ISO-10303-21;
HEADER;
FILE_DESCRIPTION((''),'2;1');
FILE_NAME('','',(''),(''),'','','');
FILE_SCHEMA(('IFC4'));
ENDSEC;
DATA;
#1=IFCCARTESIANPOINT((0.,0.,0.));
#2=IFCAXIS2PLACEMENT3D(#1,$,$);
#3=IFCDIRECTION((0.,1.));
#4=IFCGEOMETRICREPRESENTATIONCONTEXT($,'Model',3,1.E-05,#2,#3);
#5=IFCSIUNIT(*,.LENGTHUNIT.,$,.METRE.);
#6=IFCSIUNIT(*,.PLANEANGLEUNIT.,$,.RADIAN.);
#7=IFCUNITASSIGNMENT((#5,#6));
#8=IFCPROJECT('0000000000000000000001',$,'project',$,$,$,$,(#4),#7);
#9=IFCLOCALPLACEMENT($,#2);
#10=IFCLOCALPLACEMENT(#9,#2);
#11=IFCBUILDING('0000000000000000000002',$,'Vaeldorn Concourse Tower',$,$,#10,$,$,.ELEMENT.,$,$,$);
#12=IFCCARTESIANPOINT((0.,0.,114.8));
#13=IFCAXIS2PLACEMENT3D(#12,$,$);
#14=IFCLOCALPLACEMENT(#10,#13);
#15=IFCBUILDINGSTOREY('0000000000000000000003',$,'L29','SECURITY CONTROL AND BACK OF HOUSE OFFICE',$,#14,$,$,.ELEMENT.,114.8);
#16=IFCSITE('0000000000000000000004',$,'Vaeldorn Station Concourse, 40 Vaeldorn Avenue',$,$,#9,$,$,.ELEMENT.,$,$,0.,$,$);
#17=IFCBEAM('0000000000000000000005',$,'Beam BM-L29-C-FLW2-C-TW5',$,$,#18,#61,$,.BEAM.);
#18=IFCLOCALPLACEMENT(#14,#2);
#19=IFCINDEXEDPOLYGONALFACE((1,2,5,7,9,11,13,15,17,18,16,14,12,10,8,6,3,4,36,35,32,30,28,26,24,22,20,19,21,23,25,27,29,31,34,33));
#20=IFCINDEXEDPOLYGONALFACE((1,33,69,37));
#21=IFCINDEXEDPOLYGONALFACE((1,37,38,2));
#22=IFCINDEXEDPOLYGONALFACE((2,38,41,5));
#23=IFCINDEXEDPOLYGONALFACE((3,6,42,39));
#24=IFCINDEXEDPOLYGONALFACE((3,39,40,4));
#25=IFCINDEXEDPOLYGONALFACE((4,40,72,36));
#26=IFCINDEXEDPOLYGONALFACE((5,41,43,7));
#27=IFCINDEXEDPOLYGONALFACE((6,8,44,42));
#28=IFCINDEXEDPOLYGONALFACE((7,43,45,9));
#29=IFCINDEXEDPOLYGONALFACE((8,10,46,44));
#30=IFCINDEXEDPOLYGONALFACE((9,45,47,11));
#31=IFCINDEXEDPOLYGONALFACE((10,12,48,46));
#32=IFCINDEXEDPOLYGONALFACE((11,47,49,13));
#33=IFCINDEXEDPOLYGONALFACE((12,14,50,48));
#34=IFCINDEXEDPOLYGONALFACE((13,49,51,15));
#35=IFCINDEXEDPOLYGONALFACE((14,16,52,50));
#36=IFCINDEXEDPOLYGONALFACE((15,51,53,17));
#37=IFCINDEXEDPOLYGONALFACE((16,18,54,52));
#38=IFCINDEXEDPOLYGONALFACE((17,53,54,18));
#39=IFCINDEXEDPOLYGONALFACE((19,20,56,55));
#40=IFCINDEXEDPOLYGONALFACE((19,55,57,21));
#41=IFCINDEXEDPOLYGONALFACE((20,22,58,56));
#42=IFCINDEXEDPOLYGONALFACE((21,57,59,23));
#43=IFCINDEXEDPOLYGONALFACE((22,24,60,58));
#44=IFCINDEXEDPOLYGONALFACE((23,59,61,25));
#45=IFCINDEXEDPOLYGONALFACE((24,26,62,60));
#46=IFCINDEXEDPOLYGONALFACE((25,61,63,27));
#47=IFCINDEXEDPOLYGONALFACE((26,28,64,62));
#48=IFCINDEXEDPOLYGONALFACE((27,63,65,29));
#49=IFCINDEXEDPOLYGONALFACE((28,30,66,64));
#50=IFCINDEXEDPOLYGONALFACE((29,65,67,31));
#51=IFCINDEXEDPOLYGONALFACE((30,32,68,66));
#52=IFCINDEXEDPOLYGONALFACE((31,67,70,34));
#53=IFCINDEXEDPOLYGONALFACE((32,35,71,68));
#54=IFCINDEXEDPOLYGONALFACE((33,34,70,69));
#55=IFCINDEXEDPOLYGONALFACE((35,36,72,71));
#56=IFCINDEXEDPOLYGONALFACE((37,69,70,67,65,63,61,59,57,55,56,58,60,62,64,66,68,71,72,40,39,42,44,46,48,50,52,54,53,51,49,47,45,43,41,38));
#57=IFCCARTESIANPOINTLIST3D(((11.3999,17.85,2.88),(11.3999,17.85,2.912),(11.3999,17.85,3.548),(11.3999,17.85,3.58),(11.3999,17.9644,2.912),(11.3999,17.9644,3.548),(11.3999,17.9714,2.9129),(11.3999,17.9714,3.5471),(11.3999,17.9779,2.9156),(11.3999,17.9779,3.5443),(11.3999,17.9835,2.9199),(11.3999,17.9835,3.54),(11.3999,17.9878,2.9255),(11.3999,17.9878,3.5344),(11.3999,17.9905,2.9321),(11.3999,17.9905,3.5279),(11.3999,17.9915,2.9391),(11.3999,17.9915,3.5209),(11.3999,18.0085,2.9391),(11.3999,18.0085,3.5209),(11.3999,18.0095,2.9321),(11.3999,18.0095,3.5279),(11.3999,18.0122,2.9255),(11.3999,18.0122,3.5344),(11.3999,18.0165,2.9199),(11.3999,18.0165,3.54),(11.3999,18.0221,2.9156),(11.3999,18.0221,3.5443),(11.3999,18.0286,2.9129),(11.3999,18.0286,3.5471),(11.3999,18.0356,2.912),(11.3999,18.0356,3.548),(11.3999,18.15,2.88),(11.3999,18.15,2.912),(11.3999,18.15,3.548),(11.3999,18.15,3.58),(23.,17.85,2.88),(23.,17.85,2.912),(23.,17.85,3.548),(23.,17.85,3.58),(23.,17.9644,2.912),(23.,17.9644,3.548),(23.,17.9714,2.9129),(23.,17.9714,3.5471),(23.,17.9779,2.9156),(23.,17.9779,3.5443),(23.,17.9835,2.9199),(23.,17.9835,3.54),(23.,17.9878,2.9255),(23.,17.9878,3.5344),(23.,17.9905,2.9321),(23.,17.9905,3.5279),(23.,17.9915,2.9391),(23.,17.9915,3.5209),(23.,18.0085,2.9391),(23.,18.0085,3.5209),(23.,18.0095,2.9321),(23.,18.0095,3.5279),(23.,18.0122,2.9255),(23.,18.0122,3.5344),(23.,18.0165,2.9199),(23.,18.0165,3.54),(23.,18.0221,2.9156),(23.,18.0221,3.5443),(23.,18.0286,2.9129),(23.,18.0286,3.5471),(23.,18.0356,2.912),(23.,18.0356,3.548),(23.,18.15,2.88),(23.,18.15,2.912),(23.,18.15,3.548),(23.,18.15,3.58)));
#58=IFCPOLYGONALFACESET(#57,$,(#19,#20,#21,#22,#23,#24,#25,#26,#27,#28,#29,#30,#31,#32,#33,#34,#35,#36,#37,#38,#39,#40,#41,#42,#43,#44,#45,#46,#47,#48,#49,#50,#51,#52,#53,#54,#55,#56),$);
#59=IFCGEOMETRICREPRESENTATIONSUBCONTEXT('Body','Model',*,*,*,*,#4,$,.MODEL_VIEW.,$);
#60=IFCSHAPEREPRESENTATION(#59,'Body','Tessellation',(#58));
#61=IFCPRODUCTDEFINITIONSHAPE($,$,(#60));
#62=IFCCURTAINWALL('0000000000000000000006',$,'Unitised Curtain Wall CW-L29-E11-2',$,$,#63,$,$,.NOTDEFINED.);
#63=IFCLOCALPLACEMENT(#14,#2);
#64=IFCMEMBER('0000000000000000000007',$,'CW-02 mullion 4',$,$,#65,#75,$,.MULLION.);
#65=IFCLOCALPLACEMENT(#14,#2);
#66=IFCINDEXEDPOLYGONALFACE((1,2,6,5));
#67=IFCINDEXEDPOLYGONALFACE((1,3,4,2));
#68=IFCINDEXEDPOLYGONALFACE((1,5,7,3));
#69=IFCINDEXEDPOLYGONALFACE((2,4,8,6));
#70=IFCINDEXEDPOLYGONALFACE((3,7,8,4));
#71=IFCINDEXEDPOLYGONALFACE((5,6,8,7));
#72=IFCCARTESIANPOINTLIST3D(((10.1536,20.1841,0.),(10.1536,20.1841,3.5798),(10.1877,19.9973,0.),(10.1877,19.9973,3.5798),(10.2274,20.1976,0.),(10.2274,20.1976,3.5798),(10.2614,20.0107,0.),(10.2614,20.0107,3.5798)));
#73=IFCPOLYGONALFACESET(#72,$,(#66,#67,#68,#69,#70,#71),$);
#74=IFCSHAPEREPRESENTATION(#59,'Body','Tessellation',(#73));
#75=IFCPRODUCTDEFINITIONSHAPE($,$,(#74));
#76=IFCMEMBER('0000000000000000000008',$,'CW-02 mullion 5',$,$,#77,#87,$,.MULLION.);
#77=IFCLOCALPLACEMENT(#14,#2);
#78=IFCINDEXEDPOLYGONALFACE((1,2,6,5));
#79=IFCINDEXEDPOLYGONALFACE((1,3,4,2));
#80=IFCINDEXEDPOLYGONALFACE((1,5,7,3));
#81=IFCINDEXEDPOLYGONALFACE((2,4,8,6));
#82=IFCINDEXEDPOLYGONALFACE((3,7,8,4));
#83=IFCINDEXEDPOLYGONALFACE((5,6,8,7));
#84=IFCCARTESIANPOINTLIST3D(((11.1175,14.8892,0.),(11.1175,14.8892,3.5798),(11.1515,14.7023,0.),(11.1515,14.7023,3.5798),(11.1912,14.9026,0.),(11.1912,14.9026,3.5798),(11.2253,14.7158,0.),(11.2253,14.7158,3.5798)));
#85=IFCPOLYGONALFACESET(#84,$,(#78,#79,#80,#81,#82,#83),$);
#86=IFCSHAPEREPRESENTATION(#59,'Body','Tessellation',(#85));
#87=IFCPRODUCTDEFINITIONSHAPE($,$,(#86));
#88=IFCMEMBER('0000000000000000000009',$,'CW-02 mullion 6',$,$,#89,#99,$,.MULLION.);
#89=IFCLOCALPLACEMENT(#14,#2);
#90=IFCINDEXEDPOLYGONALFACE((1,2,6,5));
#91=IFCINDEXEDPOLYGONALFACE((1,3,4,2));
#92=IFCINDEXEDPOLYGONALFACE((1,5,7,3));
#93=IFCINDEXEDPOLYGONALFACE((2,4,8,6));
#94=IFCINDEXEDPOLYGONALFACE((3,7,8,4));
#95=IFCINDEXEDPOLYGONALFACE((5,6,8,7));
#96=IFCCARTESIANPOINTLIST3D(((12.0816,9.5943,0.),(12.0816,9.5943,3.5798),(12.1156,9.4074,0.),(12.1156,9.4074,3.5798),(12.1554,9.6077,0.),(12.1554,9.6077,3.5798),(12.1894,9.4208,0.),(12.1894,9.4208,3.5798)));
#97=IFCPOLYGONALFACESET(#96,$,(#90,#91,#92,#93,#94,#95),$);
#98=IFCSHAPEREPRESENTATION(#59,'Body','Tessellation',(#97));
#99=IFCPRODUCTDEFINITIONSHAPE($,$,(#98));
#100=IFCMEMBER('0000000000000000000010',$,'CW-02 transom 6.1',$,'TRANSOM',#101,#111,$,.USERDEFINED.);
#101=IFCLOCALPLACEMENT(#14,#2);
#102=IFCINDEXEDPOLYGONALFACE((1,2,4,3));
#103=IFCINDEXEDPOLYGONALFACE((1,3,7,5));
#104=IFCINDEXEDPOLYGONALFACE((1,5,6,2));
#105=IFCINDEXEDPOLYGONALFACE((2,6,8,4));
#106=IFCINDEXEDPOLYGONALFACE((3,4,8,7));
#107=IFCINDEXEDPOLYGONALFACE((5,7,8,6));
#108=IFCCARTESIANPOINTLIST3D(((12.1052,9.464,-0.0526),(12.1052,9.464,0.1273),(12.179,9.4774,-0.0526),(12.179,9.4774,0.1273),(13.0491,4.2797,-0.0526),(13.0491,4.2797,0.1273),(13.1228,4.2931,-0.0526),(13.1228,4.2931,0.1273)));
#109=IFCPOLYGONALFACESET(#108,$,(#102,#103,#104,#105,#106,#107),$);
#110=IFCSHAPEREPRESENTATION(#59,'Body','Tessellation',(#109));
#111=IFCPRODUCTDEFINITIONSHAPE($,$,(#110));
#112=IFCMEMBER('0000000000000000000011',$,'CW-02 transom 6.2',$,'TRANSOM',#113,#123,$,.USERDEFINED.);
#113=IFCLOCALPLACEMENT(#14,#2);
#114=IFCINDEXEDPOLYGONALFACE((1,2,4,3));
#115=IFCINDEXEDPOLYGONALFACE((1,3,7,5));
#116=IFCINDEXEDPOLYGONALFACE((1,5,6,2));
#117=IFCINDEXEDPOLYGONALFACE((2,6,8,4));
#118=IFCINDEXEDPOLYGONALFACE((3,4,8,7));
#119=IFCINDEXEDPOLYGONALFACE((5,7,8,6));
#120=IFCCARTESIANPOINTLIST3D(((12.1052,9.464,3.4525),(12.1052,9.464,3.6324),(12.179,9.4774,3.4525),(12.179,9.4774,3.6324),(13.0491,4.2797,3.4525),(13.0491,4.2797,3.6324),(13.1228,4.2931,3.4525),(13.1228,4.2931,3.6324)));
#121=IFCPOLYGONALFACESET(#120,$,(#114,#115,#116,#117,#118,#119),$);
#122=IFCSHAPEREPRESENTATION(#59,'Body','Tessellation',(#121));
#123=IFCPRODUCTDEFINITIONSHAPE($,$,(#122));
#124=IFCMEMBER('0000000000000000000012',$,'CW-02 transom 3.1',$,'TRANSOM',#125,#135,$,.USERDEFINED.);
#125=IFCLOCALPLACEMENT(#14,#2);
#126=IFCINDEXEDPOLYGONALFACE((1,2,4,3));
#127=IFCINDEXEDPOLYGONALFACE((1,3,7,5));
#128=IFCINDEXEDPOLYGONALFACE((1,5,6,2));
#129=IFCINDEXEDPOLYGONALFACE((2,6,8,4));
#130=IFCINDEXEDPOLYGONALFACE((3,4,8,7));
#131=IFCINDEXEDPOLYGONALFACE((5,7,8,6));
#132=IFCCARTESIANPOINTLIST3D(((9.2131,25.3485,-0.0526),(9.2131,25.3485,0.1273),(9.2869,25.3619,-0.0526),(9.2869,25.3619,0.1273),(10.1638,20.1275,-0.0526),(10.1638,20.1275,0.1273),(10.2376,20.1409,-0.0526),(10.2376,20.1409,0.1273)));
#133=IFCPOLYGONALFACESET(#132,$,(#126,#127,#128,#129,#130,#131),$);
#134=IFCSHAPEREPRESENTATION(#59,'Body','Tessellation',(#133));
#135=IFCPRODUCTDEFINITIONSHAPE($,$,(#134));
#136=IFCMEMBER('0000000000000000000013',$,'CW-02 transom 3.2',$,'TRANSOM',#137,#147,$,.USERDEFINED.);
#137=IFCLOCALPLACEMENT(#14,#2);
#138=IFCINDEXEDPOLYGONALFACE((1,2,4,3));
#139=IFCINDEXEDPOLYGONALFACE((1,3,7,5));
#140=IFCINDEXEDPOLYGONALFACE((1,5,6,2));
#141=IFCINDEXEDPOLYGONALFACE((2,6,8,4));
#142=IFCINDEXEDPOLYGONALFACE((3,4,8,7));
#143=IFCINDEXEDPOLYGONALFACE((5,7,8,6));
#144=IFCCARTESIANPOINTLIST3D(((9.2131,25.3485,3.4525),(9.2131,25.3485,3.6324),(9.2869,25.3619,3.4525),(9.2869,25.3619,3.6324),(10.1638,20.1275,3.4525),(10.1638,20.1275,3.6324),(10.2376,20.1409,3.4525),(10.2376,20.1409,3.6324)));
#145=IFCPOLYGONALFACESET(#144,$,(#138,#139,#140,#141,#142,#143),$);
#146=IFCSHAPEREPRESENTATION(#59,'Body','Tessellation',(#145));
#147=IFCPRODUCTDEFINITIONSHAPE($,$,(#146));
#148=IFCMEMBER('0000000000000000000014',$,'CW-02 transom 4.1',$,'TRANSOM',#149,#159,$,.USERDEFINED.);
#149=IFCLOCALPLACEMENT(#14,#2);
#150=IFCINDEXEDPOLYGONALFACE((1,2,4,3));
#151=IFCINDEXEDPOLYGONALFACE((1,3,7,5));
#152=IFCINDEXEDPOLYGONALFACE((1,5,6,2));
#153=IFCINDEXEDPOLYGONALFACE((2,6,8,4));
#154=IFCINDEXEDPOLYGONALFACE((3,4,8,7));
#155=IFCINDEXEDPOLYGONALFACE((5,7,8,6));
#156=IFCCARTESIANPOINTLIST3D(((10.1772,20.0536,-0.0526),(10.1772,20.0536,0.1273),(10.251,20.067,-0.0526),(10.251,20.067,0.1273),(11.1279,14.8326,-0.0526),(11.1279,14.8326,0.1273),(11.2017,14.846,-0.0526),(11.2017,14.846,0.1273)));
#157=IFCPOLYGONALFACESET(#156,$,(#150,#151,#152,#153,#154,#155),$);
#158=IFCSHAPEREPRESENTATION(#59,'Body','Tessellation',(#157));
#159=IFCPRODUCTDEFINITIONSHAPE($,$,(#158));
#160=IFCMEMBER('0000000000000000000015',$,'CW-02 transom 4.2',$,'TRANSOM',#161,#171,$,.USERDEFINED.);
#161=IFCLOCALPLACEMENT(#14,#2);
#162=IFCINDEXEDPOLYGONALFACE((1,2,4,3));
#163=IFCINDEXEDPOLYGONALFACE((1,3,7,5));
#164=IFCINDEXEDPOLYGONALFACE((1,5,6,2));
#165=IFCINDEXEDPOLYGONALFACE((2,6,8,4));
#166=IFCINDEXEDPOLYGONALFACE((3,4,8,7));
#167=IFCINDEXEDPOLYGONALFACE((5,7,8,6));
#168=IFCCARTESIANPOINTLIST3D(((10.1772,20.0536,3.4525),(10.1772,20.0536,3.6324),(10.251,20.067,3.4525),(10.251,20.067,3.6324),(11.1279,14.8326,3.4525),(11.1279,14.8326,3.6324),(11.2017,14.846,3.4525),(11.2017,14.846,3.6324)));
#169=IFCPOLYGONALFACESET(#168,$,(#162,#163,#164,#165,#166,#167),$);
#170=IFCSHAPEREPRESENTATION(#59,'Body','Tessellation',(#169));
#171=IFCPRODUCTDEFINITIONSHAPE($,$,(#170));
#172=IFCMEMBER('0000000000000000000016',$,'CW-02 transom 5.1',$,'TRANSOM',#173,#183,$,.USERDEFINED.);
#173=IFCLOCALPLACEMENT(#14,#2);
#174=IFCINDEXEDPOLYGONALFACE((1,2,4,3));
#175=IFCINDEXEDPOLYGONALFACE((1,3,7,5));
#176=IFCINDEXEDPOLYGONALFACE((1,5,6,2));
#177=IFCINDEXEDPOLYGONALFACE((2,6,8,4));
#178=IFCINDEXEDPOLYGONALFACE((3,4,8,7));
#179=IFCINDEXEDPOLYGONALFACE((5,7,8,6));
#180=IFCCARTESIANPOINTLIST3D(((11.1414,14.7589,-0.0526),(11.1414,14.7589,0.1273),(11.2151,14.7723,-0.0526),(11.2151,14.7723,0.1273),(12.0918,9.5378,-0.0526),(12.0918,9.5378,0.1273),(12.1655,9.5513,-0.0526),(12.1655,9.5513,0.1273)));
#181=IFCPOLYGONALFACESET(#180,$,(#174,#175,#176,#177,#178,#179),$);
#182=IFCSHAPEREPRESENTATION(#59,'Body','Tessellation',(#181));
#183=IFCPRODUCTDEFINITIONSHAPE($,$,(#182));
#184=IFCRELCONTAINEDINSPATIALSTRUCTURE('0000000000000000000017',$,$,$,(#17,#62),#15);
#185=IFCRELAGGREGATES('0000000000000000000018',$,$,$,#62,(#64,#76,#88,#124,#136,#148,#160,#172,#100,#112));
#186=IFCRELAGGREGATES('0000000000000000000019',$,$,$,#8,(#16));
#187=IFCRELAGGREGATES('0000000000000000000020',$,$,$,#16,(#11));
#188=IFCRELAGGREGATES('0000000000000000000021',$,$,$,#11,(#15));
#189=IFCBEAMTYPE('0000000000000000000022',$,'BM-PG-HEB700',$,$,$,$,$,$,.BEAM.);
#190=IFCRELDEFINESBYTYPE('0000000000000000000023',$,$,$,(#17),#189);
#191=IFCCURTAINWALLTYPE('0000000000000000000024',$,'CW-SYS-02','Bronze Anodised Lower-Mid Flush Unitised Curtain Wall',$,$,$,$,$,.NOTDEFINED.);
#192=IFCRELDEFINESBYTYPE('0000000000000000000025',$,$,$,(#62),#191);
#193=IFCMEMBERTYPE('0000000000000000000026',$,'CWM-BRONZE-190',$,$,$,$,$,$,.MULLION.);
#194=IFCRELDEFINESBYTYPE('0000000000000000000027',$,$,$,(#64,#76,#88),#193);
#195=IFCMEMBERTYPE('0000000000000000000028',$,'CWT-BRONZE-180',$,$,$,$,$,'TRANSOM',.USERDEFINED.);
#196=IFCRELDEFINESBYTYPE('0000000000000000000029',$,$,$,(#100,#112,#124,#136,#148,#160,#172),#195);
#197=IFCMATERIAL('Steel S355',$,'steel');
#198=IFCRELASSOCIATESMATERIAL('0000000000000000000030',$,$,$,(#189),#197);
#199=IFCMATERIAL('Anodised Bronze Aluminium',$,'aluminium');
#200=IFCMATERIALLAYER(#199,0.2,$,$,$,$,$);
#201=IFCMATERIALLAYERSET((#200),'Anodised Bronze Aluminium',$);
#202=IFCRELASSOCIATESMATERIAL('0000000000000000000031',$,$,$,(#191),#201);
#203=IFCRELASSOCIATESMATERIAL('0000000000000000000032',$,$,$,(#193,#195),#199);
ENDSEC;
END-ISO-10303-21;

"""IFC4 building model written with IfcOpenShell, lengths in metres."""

from ifc_helpers import new_model, si_unit, direction, frame, origin, origin_2d, place, context, subcontext, project, spatial, rectangle, i_section, extrude, source, transform, mapped, material, layer, layer_set, material_profile, profile_set, type_object, element, aggregate, save


model = new_model("IFC4")

# Units and contexts
model_context = context("Model", 3, precision=1e-05, world=origin(), true_north=direction((0.0, 1.0)))
body_context = subcontext(model_context, "Body", "Model", "MODEL_VIEW")
ifc_project = project(units=[si_unit("LENGTHUNIT", "METRE"), si_unit("PLANEANGLEUNIT", "RADIAN")], contexts=[model_context])

# Site, building, storey
site_placement = place(None, origin())
site = spatial("IfcSite", under=ifc_project, at=site_placement, Name="Vaeldorn Station Concourse, 40 Vaeldorn Avenue", CompositionType="ELEMENT", RefElevation=0.0)
building_placement = place(site_placement, origin())
building = spatial("IfcBuilding", under=site, at=building_placement, Name="Vaeldorn Concourse Tower", CompositionType="ELEMENT")
storey_placement = place(building_placement, frame((0.0, 0.0, 114.8)))
storey = spatial("IfcBuildingStorey", under=building, at=storey_placement, Name="L29", Description="SECURITY CONTROL AND BACK OF HOUSE OFFICE", CompositionType="ELEMENT", Elevation=114.8)

# Beam
ifc_material_1 = material(Name="Steel S355", Category="steel")
ifc_material_profile_1 = material_profile(ifc_material_1, i_section(OverallWidth=0.3, OverallDepth=0.7, WebThickness=0.0171, FlangeThickness=0.032, FilletRadius=0.0271, at=origin_2d()), Name="HEB 700")
ifc_profile_set_1 = profile_set([ifc_material_profile_1], Name="Steel S355")
beam_type_1 = type_object("IfcBeamType", Name="BM-PG-HEB700", PredefinedType="BEAM", material=ifc_profile_set_1)
shared_shape_1 = source(origin(), body_context, "Body", "SweptSolid", [
    extrude(i_section(OverallWidth=0.3, OverallDepth=0.7, WebThickness=0.0171, FlangeThickness=0.032, FilletRadius=0.0271, at=origin_2d()), origin(), (0.0, 0.0, 1.0), 11.6001),
])
beam_1_placement = place(storey_placement, frame((11.3999, 18.0, 3.23), z_axis=(1.0, 0.0, 0.0), x_axis=(0.0, 1.0, 0.0)))
element("IfcBeam", 1, at=beam_1_placement, inside=storey, type_object=beam_type_1, Name="Beam BM-L29-C-FLW2-C-TW5", PredefinedType="BEAM", context=body_context, shape_type="MappedRepresentation", body=[
    mapped(shared_shape_1, transform((0.0, 0.0, 0.0), scale=1.0)),
])

# Curtain wall, members
ifc_material_2 = material(Name="Anodised Bronze Aluminium", Category="aluminium")
ifc_layer_1 = layer(ifc_material_2, 0.2)
ifc_layer_set_1 = layer_set([ifc_layer_1], Name="Anodised Bronze Aluminium")
curtain_wall_type = type_object("IfcCurtainWallType", Name="CW-SYS-02", Description="Bronze Anodised Lower-Mid Flush Unitised Curtain Wall", PredefinedType="NOTDEFINED", material=ifc_layer_set_1)
curtain_wall_placement = place(storey_placement, origin())
curtain_wall = element("IfcCurtainWall", 2, at=curtain_wall_placement, inside=storey, type_object=curtain_wall_type, Name="Unitised Curtain Wall CW-L29-E11-2", PredefinedType="NOTDEFINED")
ifc_material_profile_2 = material_profile(ifc_material_2, rectangle(XDim=0.075, YDim=0.1899, at=origin_2d()), Name="CWM 75x190")
ifc_profile_set_2 = profile_set([ifc_material_profile_2], Name="Anodised Bronze Aluminium")
member_type_1 = type_object("IfcMemberType", Name="CWM-BRONZE-190", PredefinedType="MULLION", material=ifc_profile_set_2)
shared_shape_2 = source(origin(), body_context, "Body", "SweptSolid", [
    extrude(rectangle(XDim=0.075, YDim=0.1899, at=origin_2d()), origin(), (0.0, 0.0, 1.0), 3.5798),
])
member_1_placement = place(storey_placement, frame((10.2075, 20.0974, 0.0), z_axis=(0.0, 0.0, 1.0), x_axis=(0.983828, 0.179118, 0.0)))
member_1 = element("IfcMember", 3, at=member_1_placement, type_object=member_type_1, Name="CW-02 mullion 4", PredefinedType="MULLION", context=body_context, shape_type="MappedRepresentation", body=[
    mapped(shared_shape_2, transform((0.0, 0.0, 0.0), scale=1.0)),
])
member_2_placement = place(storey_placement, frame((11.1714, 14.8025, 0.0), z_axis=(0.0, 0.0, 1.0), x_axis=(0.983828, 0.179118, 0.0)))
member_2 = element("IfcMember", 4, at=member_2_placement, type_object=member_type_1, Name="CW-02 mullion 5", PredefinedType="MULLION", context=body_context, shape_type="MappedRepresentation", body=[
    mapped(shared_shape_2, transform((0.0, 0.0, 0.0), scale=1.0)),
])
member_3_placement = place(storey_placement, frame((12.1355, 9.5076, 0.0), z_axis=(0.0, 0.0, 1.0), x_axis=(0.983828, 0.179118, 0.0)))
member_3 = element("IfcMember", 5, at=member_3_placement, type_object=member_type_1, Name="CW-02 mullion 6", PredefinedType="MULLION", context=body_context, shape_type="MappedRepresentation", body=[
    mapped(shared_shape_2, transform((0.0, 0.0, 0.0), scale=1.0)),
])
ifc_material_profile_3 = material_profile(ifc_material_2, rectangle(XDim=0.075, YDim=0.1799, at=origin_2d()), Name="CWT 75x180")
ifc_profile_set_3 = profile_set([ifc_material_profile_3], Name="Anodised Bronze Aluminium")
member_type_2 = type_object("IfcMemberType", Name="CWT-BRONZE-180", ElementType="TRANSOM", PredefinedType="USERDEFINED", material=ifc_profile_set_3)
shared_shape_3 = source(origin(), body_context, "Body", "SweptSolid", [
    extrude(rectangle(XDim=0.075, YDim=0.1799, at=origin_2d()), origin(), (0.0, 0.0, 1.0), 5.2695),
])
member_4_placement = place(storey_placement, frame((12.1421, 9.4707, 0.0374), z_axis=(0.179114, -0.983828, 0.0), x_axis=(0.983828, 0.179114, 0.0)))
member_4 = element("IfcMember", 6, at=member_4_placement, type_object=member_type_2, Name="CW-02 transom 6.1", ObjectType="TRANSOM", PredefinedType="USERDEFINED", context=body_context, shape_type="MappedRepresentation", body=[
    mapped(shared_shape_3, transform((0.0, 0.0, 0.0), scale=1.0)),
])
member_5_placement = place(storey_placement, frame((12.1421, 9.4707, 3.5425), z_axis=(0.179114, -0.983828, 0.0), x_axis=(0.983828, 0.179114, 0.0)))
member_5 = element("IfcMember", 7, at=member_5_placement, type_object=member_type_2, Name="CW-02 transom 6.2", ObjectType="TRANSOM", PredefinedType="USERDEFINED", context=body_context, shape_type="MappedRepresentation", body=[
    mapped(shared_shape_3, transform((0.0, 0.0, 0.0), scale=1.0)),
])
shared_shape_4 = source(origin(), body_context, "Body", "SweptSolid", [
    extrude(rectangle(XDim=0.075, YDim=0.1799, at=origin_2d()), origin(), (0.0, 0.0, 1.0), 5.3069),
])
member_6_placement = place(storey_placement, frame((9.25, 25.3552, 0.0374), z_axis=(0.179145, -0.983823, 0.0), x_axis=(0.983823, 0.179145, 0.0)))
member_6 = element("IfcMember", 8, at=member_6_placement, type_object=member_type_2, Name="CW-02 transom 3.1", ObjectType="TRANSOM", PredefinedType="USERDEFINED", context=body_context, shape_type="MappedRepresentation", body=[
    mapped(shared_shape_4, transform((0.0, 0.0, 0.0), scale=1.0)),
])
member_7_placement = place(storey_placement, frame((9.25, 25.3552, 3.5425), z_axis=(0.179145, -0.983823, 0.0), x_axis=(0.983823, 0.179145, 0.0)))
member_7 = element("IfcMember", 9, at=member_7_placement, type_object=member_type_2, Name="CW-02 transom 3.2", ObjectType="TRANSOM", PredefinedType="USERDEFINED", context=body_context, shape_type="MappedRepresentation", body=[
    mapped(shared_shape_4, transform((0.0, 0.0, 0.0), scale=1.0)),
])
member_8_placement = place(storey_placement, frame((10.2141, 20.0603, 0.0374), z_axis=(0.179145, -0.983823, 0.0), x_axis=(0.983823, 0.179145, 0.0)))
member_8 = element("IfcMember", 10, at=member_8_placement, type_object=member_type_2, Name="CW-02 transom 4.1", ObjectType="TRANSOM", PredefinedType="USERDEFINED", context=body_context, shape_type="MappedRepresentation", body=[
    mapped(shared_shape_4, transform((0.0, 0.0, 0.0), scale=1.0)),
])
member_9_placement = place(storey_placement, frame((10.2141, 20.0603, 3.5425), z_axis=(0.179145, -0.983823, 0.0), x_axis=(0.983823, 0.179145, 0.0)))
member_9 = element("IfcMember", 11, at=member_9_placement, type_object=member_type_2, Name="CW-02 transom 4.2", ObjectType="TRANSOM", PredefinedType="USERDEFINED", context=body_context, shape_type="MappedRepresentation", body=[
    mapped(shared_shape_4, transform((0.0, 0.0, 0.0), scale=1.0)),
])
member_10_placement = place(storey_placement, frame((11.1782, 14.7656, 0.0374), z_axis=(0.179092, -0.983832, 0.0), x_axis=(0.983832, 0.179092, 0.0)))
member_10 = element("IfcMember", 12, at=member_10_placement, type_object=member_type_2, Name="CW-02 transom 5.1", ObjectType="TRANSOM", PredefinedType="USERDEFINED", context=body_context, shape_type="MappedRepresentation", body=[
    mapped(shared_shape_4, transform((0.0, 0.0, 0.0), scale=1.0)),
])
aggregate(curtain_wall, [member_1, member_2, member_3, member_6, member_7, member_8, member_9, member_10, member_4, member_5])

save(model, "model.ifc")
